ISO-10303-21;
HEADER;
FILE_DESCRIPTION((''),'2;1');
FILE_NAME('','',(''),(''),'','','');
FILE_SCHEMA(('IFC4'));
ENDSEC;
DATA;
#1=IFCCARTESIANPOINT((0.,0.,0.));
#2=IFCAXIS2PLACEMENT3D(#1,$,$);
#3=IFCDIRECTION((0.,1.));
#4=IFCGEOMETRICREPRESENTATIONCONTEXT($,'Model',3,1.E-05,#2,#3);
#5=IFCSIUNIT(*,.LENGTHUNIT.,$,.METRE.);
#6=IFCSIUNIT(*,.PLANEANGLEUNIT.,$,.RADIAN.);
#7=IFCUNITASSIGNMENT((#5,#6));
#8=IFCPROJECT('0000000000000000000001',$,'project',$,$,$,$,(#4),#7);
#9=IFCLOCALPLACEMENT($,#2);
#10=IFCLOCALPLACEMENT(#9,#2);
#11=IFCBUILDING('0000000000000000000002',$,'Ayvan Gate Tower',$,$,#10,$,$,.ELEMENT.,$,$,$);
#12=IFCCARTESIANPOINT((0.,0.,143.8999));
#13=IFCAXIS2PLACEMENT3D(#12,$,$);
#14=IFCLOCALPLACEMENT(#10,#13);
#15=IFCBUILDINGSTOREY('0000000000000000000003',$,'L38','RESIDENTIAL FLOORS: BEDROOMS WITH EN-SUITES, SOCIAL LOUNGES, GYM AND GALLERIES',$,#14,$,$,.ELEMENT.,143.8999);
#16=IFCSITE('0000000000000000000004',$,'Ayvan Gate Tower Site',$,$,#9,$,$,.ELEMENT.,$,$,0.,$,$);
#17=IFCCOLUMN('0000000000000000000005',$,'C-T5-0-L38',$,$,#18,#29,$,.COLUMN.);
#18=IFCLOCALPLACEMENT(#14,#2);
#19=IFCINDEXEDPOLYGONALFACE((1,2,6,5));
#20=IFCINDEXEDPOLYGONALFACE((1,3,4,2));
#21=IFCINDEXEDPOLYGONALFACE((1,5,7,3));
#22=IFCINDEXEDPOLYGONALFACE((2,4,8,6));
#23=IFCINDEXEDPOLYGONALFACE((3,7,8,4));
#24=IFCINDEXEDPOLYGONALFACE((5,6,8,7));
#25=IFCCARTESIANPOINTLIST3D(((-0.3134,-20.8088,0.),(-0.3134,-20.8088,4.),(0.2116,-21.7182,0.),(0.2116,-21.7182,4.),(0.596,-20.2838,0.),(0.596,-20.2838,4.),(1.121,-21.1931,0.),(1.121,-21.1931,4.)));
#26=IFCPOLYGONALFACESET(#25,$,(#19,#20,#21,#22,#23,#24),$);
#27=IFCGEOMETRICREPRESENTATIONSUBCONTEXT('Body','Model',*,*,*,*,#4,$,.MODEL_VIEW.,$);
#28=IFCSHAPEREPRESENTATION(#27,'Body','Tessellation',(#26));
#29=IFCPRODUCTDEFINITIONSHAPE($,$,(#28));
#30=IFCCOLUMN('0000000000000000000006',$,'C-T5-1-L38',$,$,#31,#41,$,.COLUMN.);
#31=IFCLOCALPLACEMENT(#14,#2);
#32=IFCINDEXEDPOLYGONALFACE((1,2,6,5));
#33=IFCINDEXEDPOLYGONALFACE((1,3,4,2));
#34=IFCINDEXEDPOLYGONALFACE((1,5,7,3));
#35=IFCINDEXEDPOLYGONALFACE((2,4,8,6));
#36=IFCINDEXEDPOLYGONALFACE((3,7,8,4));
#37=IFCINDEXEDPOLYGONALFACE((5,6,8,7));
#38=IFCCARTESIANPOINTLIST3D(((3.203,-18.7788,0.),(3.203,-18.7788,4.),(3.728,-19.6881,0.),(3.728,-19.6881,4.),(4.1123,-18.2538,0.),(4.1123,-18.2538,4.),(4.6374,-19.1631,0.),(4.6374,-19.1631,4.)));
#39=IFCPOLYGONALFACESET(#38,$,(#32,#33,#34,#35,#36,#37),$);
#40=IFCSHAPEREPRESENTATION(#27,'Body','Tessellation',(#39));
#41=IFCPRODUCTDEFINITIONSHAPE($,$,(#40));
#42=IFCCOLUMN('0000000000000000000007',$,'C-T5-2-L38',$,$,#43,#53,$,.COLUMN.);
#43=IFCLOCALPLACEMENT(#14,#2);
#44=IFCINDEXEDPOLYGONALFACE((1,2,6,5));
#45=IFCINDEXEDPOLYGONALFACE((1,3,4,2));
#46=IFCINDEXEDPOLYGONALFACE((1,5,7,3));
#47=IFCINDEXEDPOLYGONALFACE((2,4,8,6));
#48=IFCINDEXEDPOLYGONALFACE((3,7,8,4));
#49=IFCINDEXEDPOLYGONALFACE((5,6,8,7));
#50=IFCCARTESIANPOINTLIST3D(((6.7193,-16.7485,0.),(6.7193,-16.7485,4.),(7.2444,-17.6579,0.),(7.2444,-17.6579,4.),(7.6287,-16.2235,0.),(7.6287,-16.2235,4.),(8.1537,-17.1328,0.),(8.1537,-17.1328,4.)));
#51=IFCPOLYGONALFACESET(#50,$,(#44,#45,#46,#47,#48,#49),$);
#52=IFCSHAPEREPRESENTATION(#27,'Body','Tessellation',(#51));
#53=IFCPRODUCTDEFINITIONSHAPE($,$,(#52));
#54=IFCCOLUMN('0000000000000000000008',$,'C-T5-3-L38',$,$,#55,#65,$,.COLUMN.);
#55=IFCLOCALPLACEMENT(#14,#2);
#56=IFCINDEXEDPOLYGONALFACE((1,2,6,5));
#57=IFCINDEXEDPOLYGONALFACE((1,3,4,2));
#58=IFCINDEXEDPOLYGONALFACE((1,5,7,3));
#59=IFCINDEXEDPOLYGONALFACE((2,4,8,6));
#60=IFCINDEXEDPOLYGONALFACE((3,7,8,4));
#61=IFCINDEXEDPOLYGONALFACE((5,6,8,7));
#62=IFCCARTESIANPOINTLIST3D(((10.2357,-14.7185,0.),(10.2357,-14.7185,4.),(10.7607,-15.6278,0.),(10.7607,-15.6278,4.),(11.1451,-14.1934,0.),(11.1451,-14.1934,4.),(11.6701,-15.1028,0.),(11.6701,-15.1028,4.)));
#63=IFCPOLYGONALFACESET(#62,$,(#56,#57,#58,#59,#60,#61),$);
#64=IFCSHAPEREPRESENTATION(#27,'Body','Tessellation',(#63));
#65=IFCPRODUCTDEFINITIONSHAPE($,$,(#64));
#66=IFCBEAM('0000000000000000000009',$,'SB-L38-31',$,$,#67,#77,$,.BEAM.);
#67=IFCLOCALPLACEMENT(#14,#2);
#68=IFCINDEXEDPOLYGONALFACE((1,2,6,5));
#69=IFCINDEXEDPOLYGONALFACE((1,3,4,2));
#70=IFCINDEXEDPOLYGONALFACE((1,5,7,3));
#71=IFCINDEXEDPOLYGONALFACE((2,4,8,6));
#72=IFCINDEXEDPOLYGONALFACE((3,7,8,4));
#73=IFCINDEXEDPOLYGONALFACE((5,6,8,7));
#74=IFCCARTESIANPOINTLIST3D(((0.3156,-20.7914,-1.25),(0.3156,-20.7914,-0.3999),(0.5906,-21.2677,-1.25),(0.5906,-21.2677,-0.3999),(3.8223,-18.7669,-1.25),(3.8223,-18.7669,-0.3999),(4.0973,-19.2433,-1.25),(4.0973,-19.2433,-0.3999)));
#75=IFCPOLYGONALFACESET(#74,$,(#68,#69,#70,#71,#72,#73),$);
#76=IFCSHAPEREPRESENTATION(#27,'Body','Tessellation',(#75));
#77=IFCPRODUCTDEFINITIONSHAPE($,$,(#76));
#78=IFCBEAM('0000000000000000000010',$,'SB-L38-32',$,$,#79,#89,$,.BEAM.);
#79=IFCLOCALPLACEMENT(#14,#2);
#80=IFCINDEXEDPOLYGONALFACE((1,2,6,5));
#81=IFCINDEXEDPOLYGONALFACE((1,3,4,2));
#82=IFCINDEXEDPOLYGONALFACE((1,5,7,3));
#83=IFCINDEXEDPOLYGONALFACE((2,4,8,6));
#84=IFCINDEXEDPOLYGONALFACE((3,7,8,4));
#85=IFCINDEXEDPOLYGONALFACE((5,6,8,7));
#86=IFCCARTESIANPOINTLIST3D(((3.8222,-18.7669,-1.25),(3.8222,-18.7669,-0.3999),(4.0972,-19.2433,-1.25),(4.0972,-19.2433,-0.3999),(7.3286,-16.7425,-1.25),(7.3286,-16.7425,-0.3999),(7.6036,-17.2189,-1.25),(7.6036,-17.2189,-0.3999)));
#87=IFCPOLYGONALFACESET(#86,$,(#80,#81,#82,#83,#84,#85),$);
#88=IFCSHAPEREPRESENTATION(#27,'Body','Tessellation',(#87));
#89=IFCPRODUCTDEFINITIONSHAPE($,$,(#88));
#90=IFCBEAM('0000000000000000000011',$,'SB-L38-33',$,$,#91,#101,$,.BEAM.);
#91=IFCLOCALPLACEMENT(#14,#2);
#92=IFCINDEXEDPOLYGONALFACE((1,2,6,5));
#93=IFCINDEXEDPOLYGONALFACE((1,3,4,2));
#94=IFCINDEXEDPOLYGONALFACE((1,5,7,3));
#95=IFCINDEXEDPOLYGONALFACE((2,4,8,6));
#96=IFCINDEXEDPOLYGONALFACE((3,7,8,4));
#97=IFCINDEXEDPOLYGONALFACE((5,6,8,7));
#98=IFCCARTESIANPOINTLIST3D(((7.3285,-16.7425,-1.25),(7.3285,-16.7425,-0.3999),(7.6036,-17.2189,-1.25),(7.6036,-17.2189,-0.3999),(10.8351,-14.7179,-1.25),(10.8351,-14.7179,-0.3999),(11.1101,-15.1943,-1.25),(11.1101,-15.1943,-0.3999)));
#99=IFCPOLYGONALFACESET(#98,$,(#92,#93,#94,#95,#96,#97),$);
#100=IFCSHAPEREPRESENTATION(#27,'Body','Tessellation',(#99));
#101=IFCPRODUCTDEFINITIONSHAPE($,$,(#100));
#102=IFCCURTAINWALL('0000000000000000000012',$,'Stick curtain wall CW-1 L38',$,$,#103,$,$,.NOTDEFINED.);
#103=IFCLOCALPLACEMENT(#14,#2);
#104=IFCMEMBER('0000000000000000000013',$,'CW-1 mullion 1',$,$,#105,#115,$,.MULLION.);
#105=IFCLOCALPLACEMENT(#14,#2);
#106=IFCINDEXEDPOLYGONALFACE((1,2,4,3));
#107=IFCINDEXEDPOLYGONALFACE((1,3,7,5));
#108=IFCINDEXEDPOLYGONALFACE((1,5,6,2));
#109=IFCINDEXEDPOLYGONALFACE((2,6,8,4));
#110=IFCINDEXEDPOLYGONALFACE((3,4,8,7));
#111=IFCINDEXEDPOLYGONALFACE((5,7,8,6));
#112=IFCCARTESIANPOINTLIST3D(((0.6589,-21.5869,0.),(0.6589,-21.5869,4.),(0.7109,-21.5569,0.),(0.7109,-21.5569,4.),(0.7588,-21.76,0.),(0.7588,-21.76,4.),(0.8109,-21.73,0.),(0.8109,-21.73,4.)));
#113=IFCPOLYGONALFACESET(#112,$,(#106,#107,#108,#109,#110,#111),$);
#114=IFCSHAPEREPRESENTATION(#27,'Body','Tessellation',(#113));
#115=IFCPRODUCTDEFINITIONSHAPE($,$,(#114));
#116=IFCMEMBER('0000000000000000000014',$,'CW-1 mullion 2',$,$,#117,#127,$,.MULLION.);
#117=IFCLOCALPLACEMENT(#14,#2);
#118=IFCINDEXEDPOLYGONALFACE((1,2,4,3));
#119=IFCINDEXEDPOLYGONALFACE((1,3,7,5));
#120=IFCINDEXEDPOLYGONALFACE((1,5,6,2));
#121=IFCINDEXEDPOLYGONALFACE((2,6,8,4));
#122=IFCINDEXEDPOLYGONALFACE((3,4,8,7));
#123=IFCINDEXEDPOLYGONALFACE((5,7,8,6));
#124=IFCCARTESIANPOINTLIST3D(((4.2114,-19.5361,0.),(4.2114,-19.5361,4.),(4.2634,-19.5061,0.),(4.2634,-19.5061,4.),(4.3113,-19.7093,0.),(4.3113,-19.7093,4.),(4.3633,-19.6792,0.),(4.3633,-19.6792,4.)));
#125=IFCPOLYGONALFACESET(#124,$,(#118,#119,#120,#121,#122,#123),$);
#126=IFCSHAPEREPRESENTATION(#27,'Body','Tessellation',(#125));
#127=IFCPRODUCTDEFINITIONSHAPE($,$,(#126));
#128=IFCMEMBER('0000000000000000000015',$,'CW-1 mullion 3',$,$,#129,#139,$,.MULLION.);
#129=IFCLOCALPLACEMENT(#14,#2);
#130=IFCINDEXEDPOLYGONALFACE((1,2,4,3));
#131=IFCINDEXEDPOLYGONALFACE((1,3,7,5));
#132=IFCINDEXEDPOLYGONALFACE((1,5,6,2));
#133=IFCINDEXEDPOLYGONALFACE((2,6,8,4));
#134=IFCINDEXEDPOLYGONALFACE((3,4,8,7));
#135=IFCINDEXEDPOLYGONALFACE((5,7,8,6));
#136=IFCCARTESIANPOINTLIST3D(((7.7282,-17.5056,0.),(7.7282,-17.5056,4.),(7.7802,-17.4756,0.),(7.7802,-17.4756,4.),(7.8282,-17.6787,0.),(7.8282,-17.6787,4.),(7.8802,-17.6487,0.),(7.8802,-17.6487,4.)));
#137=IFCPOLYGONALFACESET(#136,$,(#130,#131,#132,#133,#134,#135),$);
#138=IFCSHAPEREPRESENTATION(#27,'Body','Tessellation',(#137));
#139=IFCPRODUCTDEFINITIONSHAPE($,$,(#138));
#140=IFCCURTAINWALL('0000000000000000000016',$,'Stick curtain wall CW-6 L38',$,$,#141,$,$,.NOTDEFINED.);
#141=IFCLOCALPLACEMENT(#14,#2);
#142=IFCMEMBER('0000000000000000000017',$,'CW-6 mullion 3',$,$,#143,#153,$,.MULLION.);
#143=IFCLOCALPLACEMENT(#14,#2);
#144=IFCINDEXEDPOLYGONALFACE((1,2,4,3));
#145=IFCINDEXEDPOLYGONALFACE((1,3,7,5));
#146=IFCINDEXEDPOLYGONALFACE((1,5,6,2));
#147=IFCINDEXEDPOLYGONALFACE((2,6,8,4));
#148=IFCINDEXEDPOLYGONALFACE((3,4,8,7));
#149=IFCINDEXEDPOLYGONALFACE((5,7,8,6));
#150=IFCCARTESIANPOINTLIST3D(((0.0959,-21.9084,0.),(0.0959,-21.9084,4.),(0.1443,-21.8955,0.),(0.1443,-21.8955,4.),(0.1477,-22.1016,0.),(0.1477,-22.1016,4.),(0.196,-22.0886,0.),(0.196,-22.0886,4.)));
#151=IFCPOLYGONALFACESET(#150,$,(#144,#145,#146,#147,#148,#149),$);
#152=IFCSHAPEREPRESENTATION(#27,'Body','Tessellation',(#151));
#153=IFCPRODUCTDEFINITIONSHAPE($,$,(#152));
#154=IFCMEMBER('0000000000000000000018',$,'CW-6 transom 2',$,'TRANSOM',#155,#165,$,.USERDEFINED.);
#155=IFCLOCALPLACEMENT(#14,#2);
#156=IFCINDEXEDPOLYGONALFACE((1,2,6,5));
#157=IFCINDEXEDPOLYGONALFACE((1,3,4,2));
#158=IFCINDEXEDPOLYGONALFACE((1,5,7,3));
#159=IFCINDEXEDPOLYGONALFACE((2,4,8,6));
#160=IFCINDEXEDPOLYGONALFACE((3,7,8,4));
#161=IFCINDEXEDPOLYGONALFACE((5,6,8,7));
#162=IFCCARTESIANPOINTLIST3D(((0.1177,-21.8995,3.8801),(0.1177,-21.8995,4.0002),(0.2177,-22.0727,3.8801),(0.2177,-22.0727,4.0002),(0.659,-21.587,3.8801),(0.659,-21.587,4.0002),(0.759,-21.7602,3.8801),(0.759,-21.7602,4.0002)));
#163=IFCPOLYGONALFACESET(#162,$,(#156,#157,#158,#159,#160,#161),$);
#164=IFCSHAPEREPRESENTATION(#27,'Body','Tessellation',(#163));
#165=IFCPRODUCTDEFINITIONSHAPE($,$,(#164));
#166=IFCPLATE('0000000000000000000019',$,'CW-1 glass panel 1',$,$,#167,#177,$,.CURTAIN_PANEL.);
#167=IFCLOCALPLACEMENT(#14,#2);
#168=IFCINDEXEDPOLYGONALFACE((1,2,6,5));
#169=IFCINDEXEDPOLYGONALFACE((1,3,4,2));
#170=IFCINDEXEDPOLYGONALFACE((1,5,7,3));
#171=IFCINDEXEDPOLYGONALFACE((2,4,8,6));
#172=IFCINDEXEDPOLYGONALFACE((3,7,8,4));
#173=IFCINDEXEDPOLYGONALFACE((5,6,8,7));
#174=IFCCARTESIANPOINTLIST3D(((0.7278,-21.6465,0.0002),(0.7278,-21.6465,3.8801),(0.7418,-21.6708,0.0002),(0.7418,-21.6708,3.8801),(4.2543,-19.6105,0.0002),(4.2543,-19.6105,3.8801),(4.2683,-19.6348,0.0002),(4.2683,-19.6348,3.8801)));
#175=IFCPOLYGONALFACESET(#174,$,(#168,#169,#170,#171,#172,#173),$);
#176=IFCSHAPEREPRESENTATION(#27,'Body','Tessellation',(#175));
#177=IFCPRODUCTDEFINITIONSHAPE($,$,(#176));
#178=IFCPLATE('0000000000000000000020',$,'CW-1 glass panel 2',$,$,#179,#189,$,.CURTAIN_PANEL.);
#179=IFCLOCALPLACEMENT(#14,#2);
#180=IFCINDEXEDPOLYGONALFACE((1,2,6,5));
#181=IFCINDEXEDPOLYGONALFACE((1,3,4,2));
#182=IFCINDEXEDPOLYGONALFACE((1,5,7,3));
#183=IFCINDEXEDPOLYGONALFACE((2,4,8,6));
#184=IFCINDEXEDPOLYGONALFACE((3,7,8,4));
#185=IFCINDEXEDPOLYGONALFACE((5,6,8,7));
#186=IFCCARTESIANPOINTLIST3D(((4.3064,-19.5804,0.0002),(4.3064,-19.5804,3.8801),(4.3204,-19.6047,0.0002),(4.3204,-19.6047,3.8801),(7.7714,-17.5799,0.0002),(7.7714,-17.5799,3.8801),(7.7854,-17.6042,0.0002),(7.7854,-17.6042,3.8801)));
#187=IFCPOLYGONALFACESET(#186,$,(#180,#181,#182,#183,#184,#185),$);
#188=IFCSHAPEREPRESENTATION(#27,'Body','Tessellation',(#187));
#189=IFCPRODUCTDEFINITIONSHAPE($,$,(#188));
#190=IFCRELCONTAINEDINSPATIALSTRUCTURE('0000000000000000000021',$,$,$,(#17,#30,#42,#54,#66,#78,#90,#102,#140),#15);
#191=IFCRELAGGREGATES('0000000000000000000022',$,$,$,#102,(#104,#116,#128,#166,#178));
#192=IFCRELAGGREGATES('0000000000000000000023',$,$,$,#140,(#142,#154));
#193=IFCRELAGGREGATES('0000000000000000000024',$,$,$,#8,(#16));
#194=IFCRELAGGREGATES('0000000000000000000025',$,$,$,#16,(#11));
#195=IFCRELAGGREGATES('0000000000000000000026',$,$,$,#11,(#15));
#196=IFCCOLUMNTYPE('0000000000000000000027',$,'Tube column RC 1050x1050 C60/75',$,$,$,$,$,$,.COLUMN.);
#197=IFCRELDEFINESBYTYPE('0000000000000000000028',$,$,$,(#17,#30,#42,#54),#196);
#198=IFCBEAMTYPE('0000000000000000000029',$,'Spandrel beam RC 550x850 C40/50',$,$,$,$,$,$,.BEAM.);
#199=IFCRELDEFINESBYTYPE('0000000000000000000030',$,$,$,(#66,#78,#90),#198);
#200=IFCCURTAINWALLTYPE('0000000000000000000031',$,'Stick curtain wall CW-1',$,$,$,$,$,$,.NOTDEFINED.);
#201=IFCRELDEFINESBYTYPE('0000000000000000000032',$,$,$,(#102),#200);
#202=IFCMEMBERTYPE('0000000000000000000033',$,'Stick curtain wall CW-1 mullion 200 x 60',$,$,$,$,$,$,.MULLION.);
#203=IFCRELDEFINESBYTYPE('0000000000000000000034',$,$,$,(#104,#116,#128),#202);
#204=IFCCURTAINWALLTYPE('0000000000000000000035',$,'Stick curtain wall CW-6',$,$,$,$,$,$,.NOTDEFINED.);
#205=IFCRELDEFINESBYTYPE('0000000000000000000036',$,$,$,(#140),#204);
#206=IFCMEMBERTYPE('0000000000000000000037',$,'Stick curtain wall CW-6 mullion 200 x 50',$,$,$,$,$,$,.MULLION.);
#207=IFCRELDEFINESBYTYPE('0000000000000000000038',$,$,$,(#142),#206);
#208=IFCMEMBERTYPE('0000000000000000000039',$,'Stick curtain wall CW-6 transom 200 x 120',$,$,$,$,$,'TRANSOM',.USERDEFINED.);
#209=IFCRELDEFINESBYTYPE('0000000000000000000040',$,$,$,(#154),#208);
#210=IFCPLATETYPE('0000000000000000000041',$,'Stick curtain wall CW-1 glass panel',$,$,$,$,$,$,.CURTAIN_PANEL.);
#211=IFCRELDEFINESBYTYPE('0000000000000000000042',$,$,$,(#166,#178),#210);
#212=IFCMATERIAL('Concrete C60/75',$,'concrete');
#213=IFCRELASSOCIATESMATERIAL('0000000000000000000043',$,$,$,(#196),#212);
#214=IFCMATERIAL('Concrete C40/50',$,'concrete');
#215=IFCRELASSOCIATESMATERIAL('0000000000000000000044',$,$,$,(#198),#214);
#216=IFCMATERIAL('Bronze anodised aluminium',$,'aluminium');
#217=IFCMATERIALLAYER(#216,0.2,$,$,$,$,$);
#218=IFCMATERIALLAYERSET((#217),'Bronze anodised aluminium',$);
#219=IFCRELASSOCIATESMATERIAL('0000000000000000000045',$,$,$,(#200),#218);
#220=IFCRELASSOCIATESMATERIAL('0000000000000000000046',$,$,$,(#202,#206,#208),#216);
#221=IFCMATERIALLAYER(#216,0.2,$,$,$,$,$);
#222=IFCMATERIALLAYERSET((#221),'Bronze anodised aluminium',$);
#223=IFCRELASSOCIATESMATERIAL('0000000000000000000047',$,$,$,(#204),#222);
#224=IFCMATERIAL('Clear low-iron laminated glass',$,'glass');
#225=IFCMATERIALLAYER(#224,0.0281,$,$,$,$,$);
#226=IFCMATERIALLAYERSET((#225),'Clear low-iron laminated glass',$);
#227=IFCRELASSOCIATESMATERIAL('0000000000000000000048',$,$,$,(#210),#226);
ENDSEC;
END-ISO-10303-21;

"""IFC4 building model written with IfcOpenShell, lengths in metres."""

from ifc_helpers import new_model, si_unit, direction, frame, origin, origin_2d, place, context, subcontext, project, spatial, rectangle, extrude, material, layer, layer_set, material_profile, profile_set, type_object, element, aggregate, save


model = new_model("IFC4")

# Units and contexts
model_context = context("Model", 3, precision=1e-05, world=origin(), true_north=direction((0.0, 1.0)))
body_context = subcontext(model_context, "Body", "Model", "MODEL_VIEW")
ifc_project = project(units=[si_unit("LENGTHUNIT", "METRE"), si_unit("PLANEANGLEUNIT", "RADIAN")], contexts=[model_context])

# Site, building, storey
site_placement = place(None, origin())
site = spatial("IfcSite", under=ifc_project, at=site_placement, Name="Ayvan Gate Tower Site", CompositionType="ELEMENT", RefElevation=0.0)
building_placement = place(site_placement, origin())
building = spatial("IfcBuilding", under=site, at=building_placement, Name="Ayvan Gate Tower", CompositionType="ELEMENT")
storey_placement = place(building_placement, frame((0.0, 0.0, 143.8999)))
storey = spatial("IfcBuildingStorey", under=building, at=storey_placement, Name="L38", Description="RESIDENTIAL FLOORS: BEDROOMS WITH EN-SUITES, SOCIAL LOUNGES, GYM AND GALLERIES", CompositionType="ELEMENT", Elevation=143.8999)

# Columns
ifc_material_1 = material(Name="Concrete C60/75", Category="concrete")
ifc_material_profile_1 = material_profile(ifc_material_1, rectangle(XDim=1.05, YDim=1.05, at=origin_2d()), Name="RC 1050x1050")
ifc_profile_set_1 = profile_set([ifc_material_profile_1], Name="Concrete C60/75")
column_type = type_object("IfcColumnType", Name="Tube column RC 1050x1050 C60/75", PredefinedType="COLUMN", material=ifc_profile_set_1)
for number, where, z_axis, x_axis, name in (
    (1, (0.4038, -21.001, 0.0), (0.0, 0.0, 1.0), (0.5, -0.866025, 0.0), "C-T5-0-L38"),
    (2, (3.9202, -18.9709, 0.0), (0.0, 0.0, 1.0), (0.5, -0.866025, 0.0), "C-T5-1-L38"),
    (3, (7.4365, -16.9407, 0.0), (0.0, 0.0, 1.0), (0.5, -0.866025, 0.0), "C-T5-2-L38"),
    (4, (10.9529, -14.9106, 0.0), (0.0, 0.0, 1.0), (0.5, -0.866025, 0.0), "C-T5-3-L38"),
):
    element("IfcColumn", number, at=place(storey_placement, frame(where, z_axis=z_axis, x_axis=x_axis)), inside=storey, type_object=column_type, Name=name, PredefinedType="COLUMN", context=body_context, shape_type="SweptSolid", body=[
        extrude(rectangle(XDim=1.05, YDim=1.05, at=origin_2d()), origin(), (0.0, 0.0, 1.0), 4.0),
    ])

# Beams
ifc_material_2 = material(Name="Concrete C40/50", Category="concrete")
ifc_material_profile_2 = material_profile(ifc_material_2, rectangle(XDim=0.55, YDim=0.8501, at=origin_2d()), Name="RC 550x850")
ifc_profile_set_2 = profile_set([ifc_material_profile_2], Name="Concrete C40/50")
beam_type = type_object("IfcBeamType", Name="Spandrel beam RC 550x850 C40/50", PredefinedType="BEAM", material=ifc_profile_set_2)
beam_1_placement = place(storey_placement, frame((0.4531, -21.0295, -0.825), z_axis=(0.866038, 0.499978, 0.0), x_axis=(-0.499978, 0.866038, 0.0)))
element("IfcBeam", 5, at=beam_1_placement, inside=storey, type_object=beam_type, Name="SB-L38-31", PredefinedType="BEAM", context=body_context, shape_type="SweptSolid", body=[
    extrude(rectangle(XDim=0.55, YDim=0.8501, at=origin_2d()), origin(), (0.0, 0.0, 1.0), 4.0491),
])
beam_2_placement = place(storey_placement, frame((3.9597, -19.0051, -0.825), z_axis=(0.866023, 0.500004, 0.0), x_axis=(-0.500004, 0.866023, 0.0)))
element("IfcBeam", 6, at=beam_2_placement, inside=storey, type_object=beam_type, Name="SB-L38-32", PredefinedType="BEAM", context=body_context, shape_type="SweptSolid", body=[
    extrude(rectangle(XDim=0.55, YDim=0.8501, at=origin_2d()), origin(), (0.0, 0.0, 1.0), 4.0488),
])
beam_3_placement = place(storey_placement, frame((7.4661, -16.9807, -0.825), z_axis=(0.866012, 0.500023, 0.0), x_axis=(-0.500023, 0.866012, 0.0)))
element("IfcBeam", 7, at=beam_3_placement, inside=storey, type_object=beam_type, Name="SB-L38-33", PredefinedType="BEAM", context=body_context, shape_type="SweptSolid", body=[
    extrude(rectangle(XDim=0.55, YDim=0.8501, at=origin_2d()), origin(), (0.0, 0.0, 1.0), 4.0491),
])

# Curtain walls, members
ifc_material_3 = material(Name="Bronze anodised aluminium", Category="aluminium")
ifc_layer_1 = layer(ifc_material_3, 0.2)
ifc_layer_set_1 = layer_set([ifc_layer_1], Name="Bronze anodised aluminium")
curtain_wall_type_1 = type_object("IfcCurtainWallType", Name="Stick curtain wall CW-1", PredefinedType="NOTDEFINED", material=ifc_layer_set_1)
curtain_wall_1_placement = place(storey_placement, origin())
curtain_wall_1 = element("IfcCurtainWall", 8, at=curtain_wall_1_placement, inside=storey, type_object=curtain_wall_type_1, Name="Stick curtain wall CW-1 L38", PredefinedType="NOTDEFINED")
ifc_material_profile_3 = material_profile(ifc_material_3, rectangle(XDim=0.2, YDim=0.0601, at=origin_2d()), Name="Stick curtain wall CW-1 mullion 200 x 60")
ifc_profile_set_3 = profile_set([ifc_material_profile_3], Name="Bronze anodised aluminium")
member_type_1 = type_object("IfcMemberType", Name="Stick curtain wall CW-1 mullion 200 x 60", PredefinedType="MULLION", material=ifc_profile_set_3)
member_1_placement = place(storey_placement, frame((0.7349, -21.6584, 0.0), z_axis=(0.0, 0.0, 1.0), x_axis=(0.5, -0.866025, 0.0)))
member_1 = element("IfcMember", 9, at=member_1_placement, type_object=member_type_1, Name="CW-1 mullion 1", PredefinedType="MULLION", context=body_context, shape_type="SweptSolid", body=[
    extrude(rectangle(XDim=0.2, YDim=0.0601, at=origin_2d()), origin(), (0.0, 0.0, 1.0), 4.0),
])
member_2_placement = place(storey_placement, frame((4.2874, -19.6077, 0.0), z_axis=(0.0, 0.0, 1.0), x_axis=(0.5, -0.866025, 0.0)))
member_2 = element("IfcMember", 10, at=member_2_placement, type_object=member_type_1, Name="CW-1 mullion 2", PredefinedType="MULLION", context=body_context, shape_type="SweptSolid", body=[
    extrude(rectangle(XDim=0.2, YDim=0.0601, at=origin_2d()), origin(), (0.0, 0.0, 1.0), 4.0),
])
member_3_placement = place(storey_placement, frame((7.8042, -17.5771, 0.0), z_axis=(0.0, 0.0, 1.0), x_axis=(0.5, -0.866025, 0.0)))
member_3 = element("IfcMember", 11, at=member_3_placement, type_object=member_type_1, Name="CW-1 mullion 3", PredefinedType="MULLION", context=body_context, shape_type="SweptSolid", body=[
    extrude(rectangle(XDim=0.2, YDim=0.0601, at=origin_2d()), origin(), (0.0, 0.0, 1.0), 4.0),
])
ifc_layer_2 = layer(ifc_material_3, 0.2)
ifc_layer_set_2 = layer_set([ifc_layer_2], Name="Bronze anodised aluminium")
curtain_wall_type_2 = type_object("IfcCurtainWallType", Name="Stick curtain wall CW-6", PredefinedType="NOTDEFINED", material=ifc_layer_set_2)
curtain_wall_2_placement = place(storey_placement, origin())
curtain_wall_2 = element("IfcCurtainWall", 12, at=curtain_wall_2_placement, inside=storey, type_object=curtain_wall_type_2, Name="Stick curtain wall CW-6 L38", PredefinedType="NOTDEFINED")
ifc_material_profile_4 = material_profile(ifc_material_3, rectangle(XDim=0.2, YDim=0.05, at=origin_2d()), Name="Stick curtain wall CW-6 mullion 200 x 50")
ifc_profile_set_4 = profile_set([ifc_material_profile_4], Name="Bronze anodised aluminium")
member_type_2 = type_object("IfcMemberType", Name="Stick curtain wall CW-6 mullion 200 x 50", PredefinedType="MULLION", material=ifc_profile_set_4)
member_4_placement = place(storey_placement, frame((0.146, -21.9985, 0.0), z_axis=(0.0, 0.0, 1.0), x_axis=(0.258819, -0.965926, 0.0)))
member_4 = element("IfcMember", 13, at=member_4_placement, type_object=member_type_2, Name="CW-6 mullion 3", PredefinedType="MULLION", context=body_context, shape_type="SweptSolid", body=[
    extrude(rectangle(XDim=0.2, YDim=0.05, at=origin_2d()), origin(), (0.0, 0.0, 1.0), 4.0),
])
ifc_material_profile_5 = material_profile(ifc_material_3, rectangle(XDim=0.2, YDim=0.1201, at=origin_2d()), Name="Stick curtain wall CW-6 transom 200 x 120")
ifc_profile_set_5 = profile_set([ifc_material_profile_5], Name="Bronze anodised aluminium")
member_type_3 = type_object("IfcMemberType", Name="Stick curtain wall CW-6 transom 200 x 120", ElementType="TRANSOM", PredefinedType="USERDEFINED", material=ifc_profile_set_5)
member_5_placement = place(storey_placement, frame((0.1677, -21.9861, 3.9402), z_axis=(0.866023, 0.500004, 0.0), x_axis=(-0.500004, 0.866023, 0.0)))
member_5 = element("IfcMember", 14, at=member_5_placement, type_object=member_type_3, Name="CW-6 transom 2", ObjectType="TRANSOM", PredefinedType="USERDEFINED", context=body_context, shape_type="SweptSolid", body=[
    extrude(rectangle(XDim=0.2, YDim=0.1201, at=origin_2d()), origin(), (0.0, 0.0, 1.0), 0.625),
])

# Plates
ifc_material_4 = material(Name="Clear low-iron laminated glass", Category="glass")
ifc_layer_3 = layer(ifc_material_4, 0.0281)
ifc_layer_set_3 = layer_set([ifc_layer_3], Name="Clear low-iron laminated glass")
plate_type_1 = type_object("IfcPlateType", Name="Stick curtain wall CW-1 glass panel", PredefinedType="CURTAIN_PANEL", material=ifc_layer_set_3)
plate_1_placement = place(storey_placement, frame((2.498, -20.6406, 0.0002), z_axis=(0.0, 0.0, 1.0), x_axis=(0.866025, 0.5, 0.0)))
plate_1 = element("IfcPlate", 15, at=plate_1_placement, type_object=plate_type_1, Name="CW-1 glass panel 1", PredefinedType="CURTAIN_PANEL", context=body_context, shape_type="SweptSolid", body=[
    extrude(rectangle(XDim=4.072, YDim=0.0281, at=origin_2d()), origin(), (0.0, 0.0, 1.0), 3.8799),
])
plate_2_placement = place(storey_placement, frame((6.0459, -18.5923, 0.0002), z_axis=(0.0, 0.0, 1.0), x_axis=(0.866025, 0.5, 0.0)))
plate_2 = element("IfcPlate", 16, at=plate_2_placement, type_object=plate_type_1, Name="CW-1 glass panel 2", PredefinedType="CURTAIN_PANEL", context=body_context, shape_type="SweptSolid", body=[
    extrude(rectangle(XDim=4.001, YDim=0.0281, at=origin_2d()), origin(), (0.0, 0.0, 1.0), 3.8799),
])
aggregate(curtain_wall_1, [member_1, member_2, member_3, plate_1, plate_2])
aggregate(curtain_wall_2, [member_4, member_5])

save(model, "model.ifc")
